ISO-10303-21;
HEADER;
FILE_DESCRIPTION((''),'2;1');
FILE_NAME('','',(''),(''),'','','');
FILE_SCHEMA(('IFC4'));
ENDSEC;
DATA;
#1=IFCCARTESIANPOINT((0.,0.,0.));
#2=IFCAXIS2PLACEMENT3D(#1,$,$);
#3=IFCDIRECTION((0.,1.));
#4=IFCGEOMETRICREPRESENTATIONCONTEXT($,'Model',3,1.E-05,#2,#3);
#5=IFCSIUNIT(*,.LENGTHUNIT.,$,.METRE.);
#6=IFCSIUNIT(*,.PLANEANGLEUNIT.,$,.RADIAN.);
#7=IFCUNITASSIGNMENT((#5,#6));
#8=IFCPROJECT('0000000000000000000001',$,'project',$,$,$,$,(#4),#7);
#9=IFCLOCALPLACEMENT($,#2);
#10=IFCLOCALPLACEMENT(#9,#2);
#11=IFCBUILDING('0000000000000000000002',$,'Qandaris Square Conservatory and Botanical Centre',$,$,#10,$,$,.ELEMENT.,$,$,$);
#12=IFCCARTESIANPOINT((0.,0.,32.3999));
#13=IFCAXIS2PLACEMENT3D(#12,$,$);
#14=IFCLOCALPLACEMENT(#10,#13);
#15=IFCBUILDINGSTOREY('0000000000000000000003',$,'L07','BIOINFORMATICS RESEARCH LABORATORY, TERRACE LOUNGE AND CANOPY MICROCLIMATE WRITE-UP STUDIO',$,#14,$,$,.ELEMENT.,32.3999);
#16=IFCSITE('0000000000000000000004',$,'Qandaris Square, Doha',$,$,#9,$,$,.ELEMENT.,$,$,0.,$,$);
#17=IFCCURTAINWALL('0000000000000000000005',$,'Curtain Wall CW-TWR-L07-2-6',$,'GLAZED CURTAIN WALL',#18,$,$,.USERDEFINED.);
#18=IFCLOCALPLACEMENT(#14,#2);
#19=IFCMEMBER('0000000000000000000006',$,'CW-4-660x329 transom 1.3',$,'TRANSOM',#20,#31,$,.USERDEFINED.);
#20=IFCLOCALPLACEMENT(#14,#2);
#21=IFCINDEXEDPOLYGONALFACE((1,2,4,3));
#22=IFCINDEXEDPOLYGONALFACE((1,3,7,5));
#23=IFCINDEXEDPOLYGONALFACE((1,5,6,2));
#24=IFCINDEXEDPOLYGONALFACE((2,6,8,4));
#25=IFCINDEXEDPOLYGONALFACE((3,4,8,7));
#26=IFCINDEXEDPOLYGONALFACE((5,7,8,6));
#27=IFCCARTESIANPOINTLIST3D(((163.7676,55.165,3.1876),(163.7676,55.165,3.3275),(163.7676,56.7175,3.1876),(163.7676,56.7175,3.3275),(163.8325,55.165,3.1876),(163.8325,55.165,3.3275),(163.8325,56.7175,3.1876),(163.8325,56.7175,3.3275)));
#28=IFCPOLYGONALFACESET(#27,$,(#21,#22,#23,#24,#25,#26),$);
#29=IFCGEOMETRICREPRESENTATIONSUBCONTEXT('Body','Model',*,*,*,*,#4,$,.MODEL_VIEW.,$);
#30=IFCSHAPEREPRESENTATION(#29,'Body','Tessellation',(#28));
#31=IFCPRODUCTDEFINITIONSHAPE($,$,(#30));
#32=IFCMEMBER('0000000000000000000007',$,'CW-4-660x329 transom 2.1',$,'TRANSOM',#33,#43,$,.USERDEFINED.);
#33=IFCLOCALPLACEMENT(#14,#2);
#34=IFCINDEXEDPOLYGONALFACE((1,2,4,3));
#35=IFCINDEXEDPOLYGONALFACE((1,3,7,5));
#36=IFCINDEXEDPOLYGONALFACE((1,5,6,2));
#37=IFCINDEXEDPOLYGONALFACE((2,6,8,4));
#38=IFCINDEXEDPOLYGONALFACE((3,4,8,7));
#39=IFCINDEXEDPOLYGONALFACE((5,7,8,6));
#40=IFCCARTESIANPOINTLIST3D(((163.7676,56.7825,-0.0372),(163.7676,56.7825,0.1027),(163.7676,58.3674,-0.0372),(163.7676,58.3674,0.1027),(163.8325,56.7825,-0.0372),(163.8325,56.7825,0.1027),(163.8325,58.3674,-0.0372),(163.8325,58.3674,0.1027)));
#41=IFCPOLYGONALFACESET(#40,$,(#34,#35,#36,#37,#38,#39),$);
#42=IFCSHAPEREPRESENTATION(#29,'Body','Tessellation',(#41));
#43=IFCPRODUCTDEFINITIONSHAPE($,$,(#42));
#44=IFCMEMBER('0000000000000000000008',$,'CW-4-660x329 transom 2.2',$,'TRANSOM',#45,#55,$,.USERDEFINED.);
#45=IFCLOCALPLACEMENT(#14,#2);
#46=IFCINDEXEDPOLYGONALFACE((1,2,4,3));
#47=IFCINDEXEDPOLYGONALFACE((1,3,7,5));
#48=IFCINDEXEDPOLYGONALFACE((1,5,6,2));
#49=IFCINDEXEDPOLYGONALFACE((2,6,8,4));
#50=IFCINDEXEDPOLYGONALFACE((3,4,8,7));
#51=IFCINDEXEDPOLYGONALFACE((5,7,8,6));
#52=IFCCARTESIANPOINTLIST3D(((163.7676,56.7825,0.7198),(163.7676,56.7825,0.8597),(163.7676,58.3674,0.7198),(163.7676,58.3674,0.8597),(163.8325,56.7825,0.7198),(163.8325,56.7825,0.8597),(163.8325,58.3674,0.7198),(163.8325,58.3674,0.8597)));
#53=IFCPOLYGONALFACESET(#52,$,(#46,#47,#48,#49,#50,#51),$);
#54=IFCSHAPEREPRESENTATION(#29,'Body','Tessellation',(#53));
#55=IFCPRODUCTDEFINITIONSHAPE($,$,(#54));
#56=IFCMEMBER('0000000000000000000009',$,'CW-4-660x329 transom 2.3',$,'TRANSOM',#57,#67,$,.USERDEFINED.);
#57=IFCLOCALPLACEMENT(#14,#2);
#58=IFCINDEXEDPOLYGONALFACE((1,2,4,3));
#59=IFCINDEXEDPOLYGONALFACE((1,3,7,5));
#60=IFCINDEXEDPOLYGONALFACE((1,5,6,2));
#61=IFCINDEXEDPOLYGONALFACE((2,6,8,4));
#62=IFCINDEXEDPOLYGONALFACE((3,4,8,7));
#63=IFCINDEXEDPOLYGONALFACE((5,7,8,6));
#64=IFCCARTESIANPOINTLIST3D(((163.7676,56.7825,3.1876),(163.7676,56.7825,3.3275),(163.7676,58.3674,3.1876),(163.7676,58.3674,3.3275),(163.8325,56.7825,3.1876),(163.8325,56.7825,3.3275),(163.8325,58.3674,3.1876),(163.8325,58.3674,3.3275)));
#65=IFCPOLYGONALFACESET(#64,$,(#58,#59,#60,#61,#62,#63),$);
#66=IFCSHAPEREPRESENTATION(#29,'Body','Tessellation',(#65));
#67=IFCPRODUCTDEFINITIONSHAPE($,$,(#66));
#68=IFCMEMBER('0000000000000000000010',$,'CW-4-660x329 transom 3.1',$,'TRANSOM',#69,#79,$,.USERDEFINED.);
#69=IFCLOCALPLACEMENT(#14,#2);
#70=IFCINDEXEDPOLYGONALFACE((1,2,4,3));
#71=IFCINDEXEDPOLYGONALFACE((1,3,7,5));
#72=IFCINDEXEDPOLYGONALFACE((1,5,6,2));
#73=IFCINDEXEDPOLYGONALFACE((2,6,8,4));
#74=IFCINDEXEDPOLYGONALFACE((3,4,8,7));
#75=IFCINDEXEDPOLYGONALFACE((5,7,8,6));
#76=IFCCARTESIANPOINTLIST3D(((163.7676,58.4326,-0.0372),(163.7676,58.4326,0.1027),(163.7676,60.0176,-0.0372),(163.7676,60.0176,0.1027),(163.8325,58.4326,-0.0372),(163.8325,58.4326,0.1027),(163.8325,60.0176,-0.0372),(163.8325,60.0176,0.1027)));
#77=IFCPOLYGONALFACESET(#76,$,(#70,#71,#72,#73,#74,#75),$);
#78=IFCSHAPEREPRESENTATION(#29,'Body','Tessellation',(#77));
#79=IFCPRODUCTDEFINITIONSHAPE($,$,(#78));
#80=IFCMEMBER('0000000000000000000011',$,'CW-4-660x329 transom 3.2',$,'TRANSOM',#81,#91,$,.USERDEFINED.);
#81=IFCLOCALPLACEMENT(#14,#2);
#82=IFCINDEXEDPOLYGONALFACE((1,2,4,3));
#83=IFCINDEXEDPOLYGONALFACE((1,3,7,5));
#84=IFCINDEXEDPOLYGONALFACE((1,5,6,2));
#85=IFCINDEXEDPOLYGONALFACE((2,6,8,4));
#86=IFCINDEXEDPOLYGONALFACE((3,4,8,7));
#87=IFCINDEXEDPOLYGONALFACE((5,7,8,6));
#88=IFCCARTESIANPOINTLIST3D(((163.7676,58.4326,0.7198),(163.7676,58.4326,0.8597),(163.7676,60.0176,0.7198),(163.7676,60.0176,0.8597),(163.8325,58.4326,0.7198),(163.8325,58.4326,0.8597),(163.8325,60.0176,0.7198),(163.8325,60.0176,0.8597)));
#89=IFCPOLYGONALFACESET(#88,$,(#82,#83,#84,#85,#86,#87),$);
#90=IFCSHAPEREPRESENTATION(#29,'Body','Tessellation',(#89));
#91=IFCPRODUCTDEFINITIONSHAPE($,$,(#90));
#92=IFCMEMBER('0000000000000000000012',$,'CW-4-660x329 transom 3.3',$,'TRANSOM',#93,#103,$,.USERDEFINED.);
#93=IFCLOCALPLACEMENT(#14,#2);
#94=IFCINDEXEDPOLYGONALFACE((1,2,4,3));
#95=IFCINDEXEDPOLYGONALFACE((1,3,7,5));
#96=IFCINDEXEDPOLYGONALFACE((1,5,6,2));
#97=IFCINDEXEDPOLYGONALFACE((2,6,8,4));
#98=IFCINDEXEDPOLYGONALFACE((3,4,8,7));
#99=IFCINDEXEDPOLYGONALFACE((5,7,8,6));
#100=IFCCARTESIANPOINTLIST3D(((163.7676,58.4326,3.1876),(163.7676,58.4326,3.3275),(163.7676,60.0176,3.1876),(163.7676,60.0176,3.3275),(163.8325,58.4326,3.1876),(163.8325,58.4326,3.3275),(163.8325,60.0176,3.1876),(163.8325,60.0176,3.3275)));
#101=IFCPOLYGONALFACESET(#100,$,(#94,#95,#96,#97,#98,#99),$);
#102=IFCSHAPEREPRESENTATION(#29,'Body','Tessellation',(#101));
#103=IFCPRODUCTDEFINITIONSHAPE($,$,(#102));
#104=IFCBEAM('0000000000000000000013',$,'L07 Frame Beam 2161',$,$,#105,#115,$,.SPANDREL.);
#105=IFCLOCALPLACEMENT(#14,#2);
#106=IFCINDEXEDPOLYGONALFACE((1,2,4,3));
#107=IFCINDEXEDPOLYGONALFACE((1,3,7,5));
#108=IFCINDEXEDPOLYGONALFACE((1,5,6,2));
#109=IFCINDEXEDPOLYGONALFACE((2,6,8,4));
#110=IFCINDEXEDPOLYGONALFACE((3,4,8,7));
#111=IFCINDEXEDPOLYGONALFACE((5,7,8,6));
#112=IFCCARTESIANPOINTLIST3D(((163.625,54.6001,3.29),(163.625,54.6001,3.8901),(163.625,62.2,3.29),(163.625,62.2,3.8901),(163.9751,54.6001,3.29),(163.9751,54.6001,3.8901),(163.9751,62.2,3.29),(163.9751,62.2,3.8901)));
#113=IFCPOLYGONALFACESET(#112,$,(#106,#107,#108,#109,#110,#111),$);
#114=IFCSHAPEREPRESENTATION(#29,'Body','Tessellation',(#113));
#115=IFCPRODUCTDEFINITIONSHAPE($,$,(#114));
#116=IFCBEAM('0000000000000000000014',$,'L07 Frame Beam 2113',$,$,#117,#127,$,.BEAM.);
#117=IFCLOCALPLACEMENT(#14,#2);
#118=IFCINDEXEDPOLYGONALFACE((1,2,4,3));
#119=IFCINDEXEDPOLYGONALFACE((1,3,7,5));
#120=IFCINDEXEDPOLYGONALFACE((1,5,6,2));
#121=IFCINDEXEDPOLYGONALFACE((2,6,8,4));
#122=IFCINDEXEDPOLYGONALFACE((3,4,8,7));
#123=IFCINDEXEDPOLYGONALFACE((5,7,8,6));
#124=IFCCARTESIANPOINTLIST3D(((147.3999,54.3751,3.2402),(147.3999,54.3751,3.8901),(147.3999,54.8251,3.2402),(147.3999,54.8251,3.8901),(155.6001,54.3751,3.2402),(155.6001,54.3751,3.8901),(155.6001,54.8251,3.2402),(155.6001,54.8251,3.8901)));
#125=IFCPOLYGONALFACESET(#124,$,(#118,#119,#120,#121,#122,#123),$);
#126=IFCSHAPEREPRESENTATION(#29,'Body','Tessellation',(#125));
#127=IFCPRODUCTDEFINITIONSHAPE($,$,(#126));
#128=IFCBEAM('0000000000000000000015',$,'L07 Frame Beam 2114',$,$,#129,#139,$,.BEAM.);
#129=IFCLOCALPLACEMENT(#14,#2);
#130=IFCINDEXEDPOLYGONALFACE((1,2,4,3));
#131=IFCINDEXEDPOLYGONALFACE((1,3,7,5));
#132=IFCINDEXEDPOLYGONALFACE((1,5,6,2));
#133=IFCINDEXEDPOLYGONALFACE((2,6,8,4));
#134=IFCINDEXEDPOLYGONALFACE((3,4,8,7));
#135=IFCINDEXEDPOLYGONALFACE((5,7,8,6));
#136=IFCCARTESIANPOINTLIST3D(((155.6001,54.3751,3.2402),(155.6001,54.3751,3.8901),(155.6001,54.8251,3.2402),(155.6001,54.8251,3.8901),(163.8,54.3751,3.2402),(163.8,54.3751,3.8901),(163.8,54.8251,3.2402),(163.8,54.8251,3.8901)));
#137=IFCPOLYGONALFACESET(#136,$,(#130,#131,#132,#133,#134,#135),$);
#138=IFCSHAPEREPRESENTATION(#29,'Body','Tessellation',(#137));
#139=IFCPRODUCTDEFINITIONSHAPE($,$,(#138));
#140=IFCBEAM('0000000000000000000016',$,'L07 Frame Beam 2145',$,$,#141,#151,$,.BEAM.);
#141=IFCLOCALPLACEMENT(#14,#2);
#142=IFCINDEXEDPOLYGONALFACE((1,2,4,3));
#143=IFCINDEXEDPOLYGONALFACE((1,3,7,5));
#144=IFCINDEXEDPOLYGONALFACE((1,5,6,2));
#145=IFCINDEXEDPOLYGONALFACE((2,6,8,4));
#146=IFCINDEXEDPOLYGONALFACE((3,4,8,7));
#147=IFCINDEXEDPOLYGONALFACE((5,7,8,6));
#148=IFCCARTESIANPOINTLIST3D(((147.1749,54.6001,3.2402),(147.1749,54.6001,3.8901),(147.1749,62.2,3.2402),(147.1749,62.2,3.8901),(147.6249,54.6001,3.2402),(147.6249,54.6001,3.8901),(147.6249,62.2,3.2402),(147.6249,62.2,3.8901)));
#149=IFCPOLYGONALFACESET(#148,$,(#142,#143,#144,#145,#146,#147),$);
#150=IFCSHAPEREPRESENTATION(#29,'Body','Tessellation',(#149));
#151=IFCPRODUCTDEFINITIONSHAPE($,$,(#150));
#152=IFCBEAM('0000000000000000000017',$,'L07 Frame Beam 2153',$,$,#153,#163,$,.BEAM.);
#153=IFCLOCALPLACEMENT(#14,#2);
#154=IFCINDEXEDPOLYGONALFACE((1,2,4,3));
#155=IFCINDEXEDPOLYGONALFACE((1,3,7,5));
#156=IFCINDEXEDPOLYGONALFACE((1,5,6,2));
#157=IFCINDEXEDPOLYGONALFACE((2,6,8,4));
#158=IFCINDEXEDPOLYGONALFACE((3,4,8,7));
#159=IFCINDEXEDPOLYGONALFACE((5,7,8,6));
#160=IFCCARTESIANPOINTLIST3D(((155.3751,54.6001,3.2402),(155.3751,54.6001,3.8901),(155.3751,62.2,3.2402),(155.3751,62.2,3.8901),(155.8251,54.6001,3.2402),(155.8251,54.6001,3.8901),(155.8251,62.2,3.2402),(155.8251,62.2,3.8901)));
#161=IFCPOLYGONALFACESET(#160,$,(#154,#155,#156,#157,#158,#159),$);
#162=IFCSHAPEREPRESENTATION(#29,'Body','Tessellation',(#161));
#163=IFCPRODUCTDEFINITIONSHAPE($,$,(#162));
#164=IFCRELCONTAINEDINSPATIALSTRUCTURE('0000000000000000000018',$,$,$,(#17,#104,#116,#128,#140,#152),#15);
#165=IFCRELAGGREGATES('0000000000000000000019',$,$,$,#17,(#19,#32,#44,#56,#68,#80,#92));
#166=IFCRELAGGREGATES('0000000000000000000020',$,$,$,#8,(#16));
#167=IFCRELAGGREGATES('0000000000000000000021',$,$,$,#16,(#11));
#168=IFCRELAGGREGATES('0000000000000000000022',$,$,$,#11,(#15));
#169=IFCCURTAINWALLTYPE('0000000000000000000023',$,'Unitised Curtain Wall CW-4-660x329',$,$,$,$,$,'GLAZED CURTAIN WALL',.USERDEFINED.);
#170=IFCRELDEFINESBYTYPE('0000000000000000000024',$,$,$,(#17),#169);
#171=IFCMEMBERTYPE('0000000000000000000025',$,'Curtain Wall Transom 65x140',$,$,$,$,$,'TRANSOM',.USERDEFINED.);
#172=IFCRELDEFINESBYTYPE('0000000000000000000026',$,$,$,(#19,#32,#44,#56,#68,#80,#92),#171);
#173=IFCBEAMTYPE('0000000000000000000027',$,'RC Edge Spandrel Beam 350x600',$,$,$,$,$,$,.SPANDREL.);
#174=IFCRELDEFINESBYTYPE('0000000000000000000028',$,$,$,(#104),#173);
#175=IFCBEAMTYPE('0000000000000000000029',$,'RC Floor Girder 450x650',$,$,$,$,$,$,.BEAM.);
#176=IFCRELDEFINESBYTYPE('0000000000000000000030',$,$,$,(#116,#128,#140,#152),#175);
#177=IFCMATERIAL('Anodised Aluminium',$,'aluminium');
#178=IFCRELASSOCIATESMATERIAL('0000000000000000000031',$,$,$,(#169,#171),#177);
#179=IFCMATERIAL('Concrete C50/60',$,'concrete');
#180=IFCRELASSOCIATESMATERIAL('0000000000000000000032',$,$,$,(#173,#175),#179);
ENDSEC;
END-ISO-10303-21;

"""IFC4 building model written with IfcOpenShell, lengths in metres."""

from ifc_helpers import new_model, si_unit, direction, frame, origin, origin_2d, place, context, subcontext, project, spatial, rectangle, extrude, material, material_profile, profile_set, type_object, element, aggregate, save


model = new_model("IFC4")

# Units and contexts
model_context = context("Model", 3, precision=1e-05, world=origin(), true_north=direction((0.0, 1.0)))
body_context = subcontext(model_context, "Body", "Model", "MODEL_VIEW")
ifc_project = project(units=[si_unit("LENGTHUNIT", "METRE"), si_unit("PLANEANGLEUNIT", "RADIAN")], contexts=[model_context])

# Site, building, storey
site_placement = place(None, origin())
site = spatial("IfcSite", under=ifc_project, at=site_placement, Name="Qandaris Square, Doha", CompositionType="ELEMENT", RefElevation=0.0)
building_placement = place(site_placement, origin())
building = spatial("IfcBuilding", under=site, at=building_placement, Name="Qandaris Square Conservatory and Botanical Centre", CompositionType="ELEMENT")
storey_placement = place(building_placement, frame((0.0, 0.0, 32.3999)))
storey = spatial("IfcBuildingStorey", under=building, at=storey_placement, Name="L07", Description="BIOINFORMATICS RESEARCH LABORATORY, TERRACE LOUNGE AND CANOPY MICROCLIMATE WRITE-UP STUDIO", CompositionType="ELEMENT", Elevation=32.3999)

# Shared definitions
ifc_material_1 = material(Name="Concrete C50/60", Category="concrete")

# Curtain wall, members
ifc_material_2 = material(Name="Anodised Aluminium", Category="aluminium")
curtain_wall_type = type_object("IfcCurtainWallType", Name="Unitised Curtain Wall CW-4-660x329", ElementType="GLAZED CURTAIN WALL", PredefinedType="USERDEFINED", material=ifc_material_2)
curtain_wall_placement = place(storey_placement, origin())
curtain_wall = element("IfcCurtainWall", 1, at=curtain_wall_placement, inside=storey, type_object=curtain_wall_type, Name="Curtain Wall CW-TWR-L07-2-6", ObjectType="GLAZED CURTAIN WALL", PredefinedType="USERDEFINED")
ifc_material_profile_1 = material_profile(ifc_material_2, rectangle(XDim=0.0649, YDim=0.1399, at=origin_2d()), Name="ALU-TRN 65x140")
ifc_profile_set_1 = profile_set([ifc_material_profile_1], Name="Anodised Aluminium")
member_type_1 = type_object("IfcMemberType", Name="Curtain Wall Transom 65x140", ElementType="TRANSOM", PredefinedType="USERDEFINED", material=ifc_profile_set_1)
member_1_placement = place(storey_placement, frame((163.8, 55.165, 3.2576), z_axis=(0.0, 1.0, 0.0), x_axis=(-1.0, 0.0, 0.0)))
member_1 = element("IfcMember", 2, at=member_1_placement, type_object=member_type_1, Name="CW-4-660x329 transom 1.3", ObjectType="TRANSOM", PredefinedType="USERDEFINED", context=body_context, shape_type="SweptSolid", body=[
    extrude(rectangle(XDim=0.0649, YDim=0.1399, at=origin_2d()), origin(), (0.0, 0.0, 1.0), 1.5525),
])
member_2_placement = place(storey_placement, frame((163.8, 56.7825, 0.0327), z_axis=(0.0, 1.0, 0.0), x_axis=(-1.0, 0.0, 0.0)))
member_2 = element("IfcMember", 3, at=member_2_placement, type_object=member_type_1, Name="CW-4-660x329 transom 2.1", ObjectType="TRANSOM", PredefinedType="USERDEFINED", context=body_context, shape_type="SweptSolid", body=[
    extrude(rectangle(XDim=0.0649, YDim=0.1399, at=origin_2d()), origin(), (0.0, 0.0, 1.0), 1.585),
])
member_3_placement = place(storey_placement, frame((163.8, 56.7825, 0.7898), z_axis=(0.0, 1.0, 0.0), x_axis=(-1.0, 0.0, 0.0)))
member_3 = element("IfcMember", 4, at=member_3_placement, type_object=member_type_1, Name="CW-4-660x329 transom 2.2", ObjectType="TRANSOM", PredefinedType="USERDEFINED", context=body_context, shape_type="SweptSolid", body=[
    extrude(rectangle(XDim=0.0649, YDim=0.1399, at=origin_2d()), origin(), (0.0, 0.0, 1.0), 1.585),
])
member_4_placement = place(storey_placement, frame((163.8, 56.7825, 3.2576), z_axis=(0.0, 1.0, 0.0), x_axis=(-1.0, 0.0, 0.0)))
member_4 = element("IfcMember", 5, at=member_4_placement, type_object=member_type_1, Name="CW-4-660x329 transom 2.3", ObjectType="TRANSOM", PredefinedType="USERDEFINED", context=body_context, shape_type="SweptSolid", body=[
    extrude(rectangle(XDim=0.0649, YDim=0.1399, at=origin_2d()), origin(), (0.0, 0.0, 1.0), 1.585),
])
member_5_placement = place(storey_placement, frame((163.8, 58.4326, 0.0327), z_axis=(0.0, 1.0, 0.0), x_axis=(-1.0, 0.0, 0.0)))
member_5 = element("IfcMember", 6, at=member_5_placement, type_object=member_type_1, Name="CW-4-660x329 transom 3.1", ObjectType="TRANSOM", PredefinedType="USERDEFINED", context=body_context, shape_type="SweptSolid", body=[
    extrude(rectangle(XDim=0.0649, YDim=0.1399, at=origin_2d()), origin(), (0.0, 0.0, 1.0), 1.585),
])
member_6_placement = place(storey_placement, frame((163.8, 58.4326, 0.7898), z_axis=(0.0, 1.0, 0.0), x_axis=(-1.0, 0.0, 0.0)))
member_6 = element("IfcMember", 7, at=member_6_placement, type_object=member_type_1, Name="CW-4-660x329 transom 3.2", ObjectType="TRANSOM", PredefinedType="USERDEFINED", context=body_context, shape_type="SweptSolid", body=[
    extrude(rectangle(XDim=0.0649, YDim=0.1399, at=origin_2d()), origin(), (0.0, 0.0, 1.0), 1.585),
])
member_7_placement = place(storey_placement, frame((163.8, 58.4326, 3.2576), z_axis=(0.0, 1.0, 0.0), x_axis=(-1.0, 0.0, 0.0)))
member_7 = element("IfcMember", 8, at=member_7_placement, type_object=member_type_1, Name="CW-4-660x329 transom 3.3", ObjectType="TRANSOM", PredefinedType="USERDEFINED", context=body_context, shape_type="SweptSolid", body=[
    extrude(rectangle(XDim=0.0649, YDim=0.1399, at=origin_2d()), origin(), (0.0, 0.0, 1.0), 1.585),
])

# Beams
ifc_material_profile_2 = material_profile(ifc_material_1, rectangle(XDim=0.3501, YDim=0.6001, at=origin_2d()), Name="RC-SP 350x600")
ifc_profile_set_2 = profile_set([ifc_material_profile_2], Name="Concrete C50/60")
beam_type_1 = type_object("IfcBeamType", Name="RC Edge Spandrel Beam 350x600", PredefinedType="SPANDREL", material=ifc_profile_set_2)
beam_1_placement = place(storey_placement, frame((163.8, 54.6001, 3.5901), z_axis=(0.0, 1.0, 0.0), x_axis=(-1.0, 0.0, 0.0)))
element("IfcBeam", 9, at=beam_1_placement, inside=storey, type_object=beam_type_1, Name="L07 Frame Beam 2161", PredefinedType="SPANDREL", context=body_context, shape_type="SweptSolid", body=[
    extrude(rectangle(XDim=0.3501, YDim=0.6001, at=origin_2d()), origin(), (0.0, 0.0, 1.0), 7.5999),
])
ifc_material_profile_3 = material_profile(ifc_material_1, rectangle(XDim=0.45, YDim=0.6499, at=origin_2d()), Name="RC-BM 450x650")
ifc_profile_set_3 = profile_set([ifc_material_profile_3], Name="Concrete C50/60")
beam_type_2 = type_object("IfcBeamType", Name="RC Floor Girder 450x650", PredefinedType="BEAM", material=ifc_profile_set_3)
beam_2_placement = place(storey_placement, frame((147.3999, 54.6001, 3.5652), z_axis=(1.0, 0.0, 0.0), x_axis=(0.0, 1.0, 0.0)))
element("IfcBeam", 10, at=beam_2_placement, inside=storey, type_object=beam_type_2, Name="L07 Frame Beam 2113", PredefinedType="BEAM", context=body_context, shape_type="SweptSolid", body=[
    extrude(rectangle(XDim=0.45, YDim=0.6499, at=origin_2d()), origin(), (0.0, 0.0, 1.0), 8.2002),
])
beam_3_placement = place(storey_placement, frame((155.6001, 54.6001, 3.5652), z_axis=(1.0, 0.0, 0.0), x_axis=(0.0, 1.0, 0.0)))
element("IfcBeam", 11, at=beam_3_placement, inside=storey, type_object=beam_type_2, Name="L07 Frame Beam 2114", PredefinedType="BEAM", context=body_context, shape_type="SweptSolid", body=[
    extrude(rectangle(XDim=0.45, YDim=0.6499, at=origin_2d()), origin(), (0.0, 0.0, 1.0), 8.2),
])
for number, where, z_axis, x_axis, name in (
    (12, (147.3999, 54.6001, 3.5652), (0.0, 1.0, 0.0), (-1.0, 0.0, 0.0), "L07 Frame Beam 2145"),
    (13, (155.6001, 54.6001, 3.5652), (0.0, 1.0, 0.0), (-1.0, 0.0, 0.0), "L07 Frame Beam 2153"),
):
    element("IfcBeam", number, at=place(storey_placement, frame(where, z_axis=z_axis, x_axis=x_axis)), inside=storey, type_object=beam_type_2, Name=name, PredefinedType="BEAM", context=body_context, shape_type="SweptSolid", body=[
        extrude(rectangle(XDim=0.45, YDim=0.6499, at=origin_2d()), origin(), (0.0, 0.0, 1.0), 7.5999),
    ])

aggregate(curtain_wall, [member_1, member_2, member_3, member_4, member_5, member_6, member_7])

save(model, "model.ifc")
